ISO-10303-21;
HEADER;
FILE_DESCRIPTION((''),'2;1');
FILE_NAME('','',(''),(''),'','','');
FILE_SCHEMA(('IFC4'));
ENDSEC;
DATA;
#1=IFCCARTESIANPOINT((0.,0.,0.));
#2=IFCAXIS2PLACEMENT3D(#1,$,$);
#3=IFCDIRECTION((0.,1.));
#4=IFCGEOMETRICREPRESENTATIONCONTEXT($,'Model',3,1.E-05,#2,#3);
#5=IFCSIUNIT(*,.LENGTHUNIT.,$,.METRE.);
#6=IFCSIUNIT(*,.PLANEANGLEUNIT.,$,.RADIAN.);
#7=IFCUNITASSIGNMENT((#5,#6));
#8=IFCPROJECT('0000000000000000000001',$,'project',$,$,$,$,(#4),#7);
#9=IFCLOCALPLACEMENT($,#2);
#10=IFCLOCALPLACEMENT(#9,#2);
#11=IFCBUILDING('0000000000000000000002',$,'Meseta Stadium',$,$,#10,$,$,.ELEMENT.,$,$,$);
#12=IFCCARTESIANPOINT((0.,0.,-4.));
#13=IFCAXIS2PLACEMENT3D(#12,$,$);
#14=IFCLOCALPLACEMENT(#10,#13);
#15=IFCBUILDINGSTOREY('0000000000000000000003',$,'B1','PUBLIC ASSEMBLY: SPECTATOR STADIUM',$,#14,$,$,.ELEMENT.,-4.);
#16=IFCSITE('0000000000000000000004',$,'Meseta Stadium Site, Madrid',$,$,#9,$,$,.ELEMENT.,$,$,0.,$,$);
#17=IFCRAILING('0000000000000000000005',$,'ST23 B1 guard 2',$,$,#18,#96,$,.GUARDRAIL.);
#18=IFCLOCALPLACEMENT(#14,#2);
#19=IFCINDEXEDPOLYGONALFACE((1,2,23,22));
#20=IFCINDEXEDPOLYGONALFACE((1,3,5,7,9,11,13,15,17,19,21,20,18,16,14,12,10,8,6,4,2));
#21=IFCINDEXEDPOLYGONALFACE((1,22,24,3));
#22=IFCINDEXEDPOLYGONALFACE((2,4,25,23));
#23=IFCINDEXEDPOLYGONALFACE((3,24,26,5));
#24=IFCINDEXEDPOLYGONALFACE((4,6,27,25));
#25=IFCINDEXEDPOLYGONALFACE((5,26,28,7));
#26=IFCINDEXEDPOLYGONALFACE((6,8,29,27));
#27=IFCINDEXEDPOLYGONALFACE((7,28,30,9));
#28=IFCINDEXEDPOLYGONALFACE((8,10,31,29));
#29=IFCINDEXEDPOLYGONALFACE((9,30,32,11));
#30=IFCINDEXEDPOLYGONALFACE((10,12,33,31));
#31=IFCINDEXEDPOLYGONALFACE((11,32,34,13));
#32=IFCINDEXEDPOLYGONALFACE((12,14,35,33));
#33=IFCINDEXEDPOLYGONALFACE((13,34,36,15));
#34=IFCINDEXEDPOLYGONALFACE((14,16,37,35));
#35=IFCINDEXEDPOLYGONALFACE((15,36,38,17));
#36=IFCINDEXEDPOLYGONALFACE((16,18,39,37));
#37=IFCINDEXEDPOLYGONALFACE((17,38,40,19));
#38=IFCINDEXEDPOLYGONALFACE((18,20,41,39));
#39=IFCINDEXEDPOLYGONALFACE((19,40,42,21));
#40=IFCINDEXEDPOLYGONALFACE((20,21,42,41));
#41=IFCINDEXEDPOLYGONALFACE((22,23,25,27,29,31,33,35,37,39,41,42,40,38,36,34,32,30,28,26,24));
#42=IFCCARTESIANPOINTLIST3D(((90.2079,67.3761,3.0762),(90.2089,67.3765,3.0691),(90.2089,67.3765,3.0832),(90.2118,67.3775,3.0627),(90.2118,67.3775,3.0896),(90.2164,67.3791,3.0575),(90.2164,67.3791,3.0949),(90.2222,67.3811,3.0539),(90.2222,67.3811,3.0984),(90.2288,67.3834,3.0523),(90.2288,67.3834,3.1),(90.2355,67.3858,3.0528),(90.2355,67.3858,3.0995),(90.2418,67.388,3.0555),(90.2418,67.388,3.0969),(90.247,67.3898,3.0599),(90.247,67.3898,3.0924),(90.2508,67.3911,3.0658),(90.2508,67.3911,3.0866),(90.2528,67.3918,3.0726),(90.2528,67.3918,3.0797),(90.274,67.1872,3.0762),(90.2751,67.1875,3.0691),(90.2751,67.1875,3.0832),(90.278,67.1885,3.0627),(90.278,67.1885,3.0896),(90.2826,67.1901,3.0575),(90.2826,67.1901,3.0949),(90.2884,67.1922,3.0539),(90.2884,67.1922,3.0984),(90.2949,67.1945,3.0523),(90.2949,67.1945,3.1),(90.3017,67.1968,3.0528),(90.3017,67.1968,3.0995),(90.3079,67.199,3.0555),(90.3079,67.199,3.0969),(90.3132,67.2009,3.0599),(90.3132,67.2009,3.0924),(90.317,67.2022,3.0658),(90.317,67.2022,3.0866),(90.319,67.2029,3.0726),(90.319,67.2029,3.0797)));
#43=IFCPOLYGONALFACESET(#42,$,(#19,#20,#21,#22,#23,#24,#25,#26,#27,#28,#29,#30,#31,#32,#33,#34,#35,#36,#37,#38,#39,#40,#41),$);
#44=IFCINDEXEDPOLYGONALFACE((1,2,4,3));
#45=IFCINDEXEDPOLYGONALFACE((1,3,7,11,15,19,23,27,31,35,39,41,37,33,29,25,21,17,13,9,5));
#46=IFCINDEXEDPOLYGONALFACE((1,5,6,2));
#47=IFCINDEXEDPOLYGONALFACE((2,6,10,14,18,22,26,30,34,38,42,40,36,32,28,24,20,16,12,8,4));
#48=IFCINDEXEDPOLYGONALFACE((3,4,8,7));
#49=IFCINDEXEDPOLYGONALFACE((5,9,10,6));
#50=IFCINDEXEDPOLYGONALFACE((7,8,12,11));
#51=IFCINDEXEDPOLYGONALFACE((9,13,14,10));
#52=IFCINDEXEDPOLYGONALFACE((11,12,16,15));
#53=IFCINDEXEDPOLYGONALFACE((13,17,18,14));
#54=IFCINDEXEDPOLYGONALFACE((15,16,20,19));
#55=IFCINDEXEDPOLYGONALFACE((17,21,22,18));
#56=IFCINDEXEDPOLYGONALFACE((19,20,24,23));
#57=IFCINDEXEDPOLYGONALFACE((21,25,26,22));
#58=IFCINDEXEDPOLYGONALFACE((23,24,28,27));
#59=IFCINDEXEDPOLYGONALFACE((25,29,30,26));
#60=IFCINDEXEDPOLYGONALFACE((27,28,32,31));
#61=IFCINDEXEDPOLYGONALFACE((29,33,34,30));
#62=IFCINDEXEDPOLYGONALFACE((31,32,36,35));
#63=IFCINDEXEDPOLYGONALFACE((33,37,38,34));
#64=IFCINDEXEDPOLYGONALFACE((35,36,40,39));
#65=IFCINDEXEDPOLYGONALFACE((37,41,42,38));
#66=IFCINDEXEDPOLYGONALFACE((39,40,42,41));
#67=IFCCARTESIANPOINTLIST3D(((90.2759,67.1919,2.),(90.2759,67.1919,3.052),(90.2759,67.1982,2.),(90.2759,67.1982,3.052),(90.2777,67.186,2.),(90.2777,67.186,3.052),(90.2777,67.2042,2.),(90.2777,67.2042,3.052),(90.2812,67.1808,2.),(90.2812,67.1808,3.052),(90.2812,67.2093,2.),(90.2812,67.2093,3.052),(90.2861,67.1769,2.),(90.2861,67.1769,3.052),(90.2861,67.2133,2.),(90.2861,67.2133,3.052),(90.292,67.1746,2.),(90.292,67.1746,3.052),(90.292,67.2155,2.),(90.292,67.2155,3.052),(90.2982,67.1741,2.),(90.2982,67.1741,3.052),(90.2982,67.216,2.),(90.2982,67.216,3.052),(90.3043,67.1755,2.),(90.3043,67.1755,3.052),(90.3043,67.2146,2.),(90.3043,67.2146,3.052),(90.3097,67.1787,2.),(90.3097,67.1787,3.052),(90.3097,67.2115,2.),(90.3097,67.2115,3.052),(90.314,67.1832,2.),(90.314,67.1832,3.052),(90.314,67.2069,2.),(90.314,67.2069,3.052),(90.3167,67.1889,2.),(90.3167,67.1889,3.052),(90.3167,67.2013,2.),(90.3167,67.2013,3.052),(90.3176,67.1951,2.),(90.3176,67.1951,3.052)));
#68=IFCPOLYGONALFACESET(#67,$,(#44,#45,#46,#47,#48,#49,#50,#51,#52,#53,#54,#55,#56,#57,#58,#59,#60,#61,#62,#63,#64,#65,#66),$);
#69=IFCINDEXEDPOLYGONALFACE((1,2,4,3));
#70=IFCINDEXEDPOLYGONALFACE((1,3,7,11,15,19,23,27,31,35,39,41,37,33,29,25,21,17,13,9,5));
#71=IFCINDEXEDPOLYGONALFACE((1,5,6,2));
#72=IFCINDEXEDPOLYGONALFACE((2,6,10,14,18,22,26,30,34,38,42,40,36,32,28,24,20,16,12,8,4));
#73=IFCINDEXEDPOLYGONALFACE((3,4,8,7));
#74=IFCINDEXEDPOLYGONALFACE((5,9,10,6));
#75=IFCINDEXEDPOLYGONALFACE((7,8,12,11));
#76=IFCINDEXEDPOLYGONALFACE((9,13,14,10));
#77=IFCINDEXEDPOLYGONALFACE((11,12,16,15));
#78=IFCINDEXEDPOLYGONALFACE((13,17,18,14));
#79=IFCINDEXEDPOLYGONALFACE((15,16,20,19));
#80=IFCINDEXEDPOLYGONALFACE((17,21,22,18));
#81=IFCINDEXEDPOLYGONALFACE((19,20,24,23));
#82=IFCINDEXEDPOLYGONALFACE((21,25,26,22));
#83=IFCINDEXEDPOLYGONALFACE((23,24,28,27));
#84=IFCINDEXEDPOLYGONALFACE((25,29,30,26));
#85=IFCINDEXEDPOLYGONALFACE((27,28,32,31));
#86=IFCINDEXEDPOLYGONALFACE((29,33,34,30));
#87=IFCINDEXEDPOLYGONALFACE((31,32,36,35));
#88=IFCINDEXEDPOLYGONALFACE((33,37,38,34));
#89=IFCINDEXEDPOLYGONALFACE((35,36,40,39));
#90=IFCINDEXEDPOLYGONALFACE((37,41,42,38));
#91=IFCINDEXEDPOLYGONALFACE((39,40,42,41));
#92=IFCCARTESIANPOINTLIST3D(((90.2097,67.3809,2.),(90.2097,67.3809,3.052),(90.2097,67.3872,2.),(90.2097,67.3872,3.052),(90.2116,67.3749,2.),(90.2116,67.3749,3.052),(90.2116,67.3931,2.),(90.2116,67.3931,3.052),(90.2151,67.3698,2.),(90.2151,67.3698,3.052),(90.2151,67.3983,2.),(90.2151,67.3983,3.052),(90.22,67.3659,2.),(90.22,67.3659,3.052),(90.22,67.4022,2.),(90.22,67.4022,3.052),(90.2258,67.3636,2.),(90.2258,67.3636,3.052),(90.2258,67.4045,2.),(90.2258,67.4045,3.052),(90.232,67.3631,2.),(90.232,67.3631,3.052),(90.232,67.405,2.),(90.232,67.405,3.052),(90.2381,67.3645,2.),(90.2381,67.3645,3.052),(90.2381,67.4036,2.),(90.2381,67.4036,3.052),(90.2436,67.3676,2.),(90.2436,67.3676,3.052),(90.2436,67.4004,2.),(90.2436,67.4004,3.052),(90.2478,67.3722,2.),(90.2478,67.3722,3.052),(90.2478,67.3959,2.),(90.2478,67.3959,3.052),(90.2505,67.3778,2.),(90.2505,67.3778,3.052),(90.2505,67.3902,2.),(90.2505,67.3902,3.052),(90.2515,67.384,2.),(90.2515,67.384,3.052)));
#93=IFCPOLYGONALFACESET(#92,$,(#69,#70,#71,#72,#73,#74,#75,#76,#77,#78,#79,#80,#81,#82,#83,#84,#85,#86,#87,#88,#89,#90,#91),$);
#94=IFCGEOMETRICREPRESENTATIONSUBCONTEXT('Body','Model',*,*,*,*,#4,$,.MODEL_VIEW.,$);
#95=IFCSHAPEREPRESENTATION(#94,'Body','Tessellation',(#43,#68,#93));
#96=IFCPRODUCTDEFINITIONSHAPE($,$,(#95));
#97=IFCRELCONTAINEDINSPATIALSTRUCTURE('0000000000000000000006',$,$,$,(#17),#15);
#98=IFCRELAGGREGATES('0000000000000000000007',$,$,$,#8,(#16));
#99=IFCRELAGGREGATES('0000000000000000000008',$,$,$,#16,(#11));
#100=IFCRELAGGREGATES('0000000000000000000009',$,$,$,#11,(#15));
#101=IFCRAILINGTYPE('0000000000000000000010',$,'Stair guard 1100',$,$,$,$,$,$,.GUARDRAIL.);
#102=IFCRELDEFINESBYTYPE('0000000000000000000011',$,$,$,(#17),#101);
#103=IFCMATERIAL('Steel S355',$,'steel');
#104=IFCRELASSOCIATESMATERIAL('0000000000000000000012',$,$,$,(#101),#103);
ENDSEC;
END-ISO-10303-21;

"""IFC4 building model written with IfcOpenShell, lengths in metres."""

from ifc_helpers import new_model, si_unit, direction, frame, origin, origin_2d, place, context, subcontext, project, spatial, circle, extrude, material, type_object, element, save


model = new_model("IFC4")

# Units and contexts
model_context = context("Model", 3, precision=1e-05, world=origin(), true_north=direction((0.0, 1.0)))
body_context = subcontext(model_context, "Body", "Model", "MODEL_VIEW")
ifc_project = project(units=[si_unit("LENGTHUNIT", "METRE"), si_unit("PLANEANGLEUNIT", "RADIAN")], contexts=[model_context])

# Site, building, storey
site_placement = place(None, origin())
site = spatial("IfcSite", under=ifc_project, at=site_placement, Name="Meseta Stadium Site, Madrid", CompositionType="ELEMENT", RefElevation=0.0)
building_placement = place(site_placement, origin())
building = spatial("IfcBuilding", under=site, at=building_placement, Name="Meseta Stadium", CompositionType="ELEMENT")
storey_placement = place(building_placement, frame((0.0, 0.0, -4.0)))
storey = spatial("IfcBuildingStorey", under=building, at=storey_placement, Name="B1", Description="PUBLIC ASSEMBLY: SPECTATOR STADIUM", CompositionType="ELEMENT", Elevation=-4.0)

# Railing
ifc_material_1 = material(Name="Steel S355", Category="steel")
railing_type_1 = type_object("IfcRailingType", Name="Stair guard 1100", PredefinedType="GUARDRAIL", material=ifc_material_1)
railing_1_placement = place(storey_placement, frame((90.2966, 67.1951, 2.0)))
element("IfcRailing", 1, at=railing_1_placement, inside=storey, type_object=railing_type_1, Name="ST23 B1 guard 2", PredefinedType="GUARDRAIL", context=body_context, shape_type="SweptSolid", body=[
    extrude(circle(Radius=0.0239, at=origin_2d()), frame((0.0, 0.0, 1.0762), z_axis=(-0.330459, 0.94382, 0.0), x_axis=(-0.94382, -0.330459, 0.0)), (0.0, 0.0, 1.0), 0.2002),
    extrude(circle(Radius=0.021, at=origin_2d()), origin(), (0.0, 0.0, 1.0), 1.052),
    extrude(circle(Radius=0.021, at=origin_2d()), frame((-0.0662, 0.189, 0.0)), (0.0, 0.0, 1.0), 1.052),
])

save(model, "model.ifc")
